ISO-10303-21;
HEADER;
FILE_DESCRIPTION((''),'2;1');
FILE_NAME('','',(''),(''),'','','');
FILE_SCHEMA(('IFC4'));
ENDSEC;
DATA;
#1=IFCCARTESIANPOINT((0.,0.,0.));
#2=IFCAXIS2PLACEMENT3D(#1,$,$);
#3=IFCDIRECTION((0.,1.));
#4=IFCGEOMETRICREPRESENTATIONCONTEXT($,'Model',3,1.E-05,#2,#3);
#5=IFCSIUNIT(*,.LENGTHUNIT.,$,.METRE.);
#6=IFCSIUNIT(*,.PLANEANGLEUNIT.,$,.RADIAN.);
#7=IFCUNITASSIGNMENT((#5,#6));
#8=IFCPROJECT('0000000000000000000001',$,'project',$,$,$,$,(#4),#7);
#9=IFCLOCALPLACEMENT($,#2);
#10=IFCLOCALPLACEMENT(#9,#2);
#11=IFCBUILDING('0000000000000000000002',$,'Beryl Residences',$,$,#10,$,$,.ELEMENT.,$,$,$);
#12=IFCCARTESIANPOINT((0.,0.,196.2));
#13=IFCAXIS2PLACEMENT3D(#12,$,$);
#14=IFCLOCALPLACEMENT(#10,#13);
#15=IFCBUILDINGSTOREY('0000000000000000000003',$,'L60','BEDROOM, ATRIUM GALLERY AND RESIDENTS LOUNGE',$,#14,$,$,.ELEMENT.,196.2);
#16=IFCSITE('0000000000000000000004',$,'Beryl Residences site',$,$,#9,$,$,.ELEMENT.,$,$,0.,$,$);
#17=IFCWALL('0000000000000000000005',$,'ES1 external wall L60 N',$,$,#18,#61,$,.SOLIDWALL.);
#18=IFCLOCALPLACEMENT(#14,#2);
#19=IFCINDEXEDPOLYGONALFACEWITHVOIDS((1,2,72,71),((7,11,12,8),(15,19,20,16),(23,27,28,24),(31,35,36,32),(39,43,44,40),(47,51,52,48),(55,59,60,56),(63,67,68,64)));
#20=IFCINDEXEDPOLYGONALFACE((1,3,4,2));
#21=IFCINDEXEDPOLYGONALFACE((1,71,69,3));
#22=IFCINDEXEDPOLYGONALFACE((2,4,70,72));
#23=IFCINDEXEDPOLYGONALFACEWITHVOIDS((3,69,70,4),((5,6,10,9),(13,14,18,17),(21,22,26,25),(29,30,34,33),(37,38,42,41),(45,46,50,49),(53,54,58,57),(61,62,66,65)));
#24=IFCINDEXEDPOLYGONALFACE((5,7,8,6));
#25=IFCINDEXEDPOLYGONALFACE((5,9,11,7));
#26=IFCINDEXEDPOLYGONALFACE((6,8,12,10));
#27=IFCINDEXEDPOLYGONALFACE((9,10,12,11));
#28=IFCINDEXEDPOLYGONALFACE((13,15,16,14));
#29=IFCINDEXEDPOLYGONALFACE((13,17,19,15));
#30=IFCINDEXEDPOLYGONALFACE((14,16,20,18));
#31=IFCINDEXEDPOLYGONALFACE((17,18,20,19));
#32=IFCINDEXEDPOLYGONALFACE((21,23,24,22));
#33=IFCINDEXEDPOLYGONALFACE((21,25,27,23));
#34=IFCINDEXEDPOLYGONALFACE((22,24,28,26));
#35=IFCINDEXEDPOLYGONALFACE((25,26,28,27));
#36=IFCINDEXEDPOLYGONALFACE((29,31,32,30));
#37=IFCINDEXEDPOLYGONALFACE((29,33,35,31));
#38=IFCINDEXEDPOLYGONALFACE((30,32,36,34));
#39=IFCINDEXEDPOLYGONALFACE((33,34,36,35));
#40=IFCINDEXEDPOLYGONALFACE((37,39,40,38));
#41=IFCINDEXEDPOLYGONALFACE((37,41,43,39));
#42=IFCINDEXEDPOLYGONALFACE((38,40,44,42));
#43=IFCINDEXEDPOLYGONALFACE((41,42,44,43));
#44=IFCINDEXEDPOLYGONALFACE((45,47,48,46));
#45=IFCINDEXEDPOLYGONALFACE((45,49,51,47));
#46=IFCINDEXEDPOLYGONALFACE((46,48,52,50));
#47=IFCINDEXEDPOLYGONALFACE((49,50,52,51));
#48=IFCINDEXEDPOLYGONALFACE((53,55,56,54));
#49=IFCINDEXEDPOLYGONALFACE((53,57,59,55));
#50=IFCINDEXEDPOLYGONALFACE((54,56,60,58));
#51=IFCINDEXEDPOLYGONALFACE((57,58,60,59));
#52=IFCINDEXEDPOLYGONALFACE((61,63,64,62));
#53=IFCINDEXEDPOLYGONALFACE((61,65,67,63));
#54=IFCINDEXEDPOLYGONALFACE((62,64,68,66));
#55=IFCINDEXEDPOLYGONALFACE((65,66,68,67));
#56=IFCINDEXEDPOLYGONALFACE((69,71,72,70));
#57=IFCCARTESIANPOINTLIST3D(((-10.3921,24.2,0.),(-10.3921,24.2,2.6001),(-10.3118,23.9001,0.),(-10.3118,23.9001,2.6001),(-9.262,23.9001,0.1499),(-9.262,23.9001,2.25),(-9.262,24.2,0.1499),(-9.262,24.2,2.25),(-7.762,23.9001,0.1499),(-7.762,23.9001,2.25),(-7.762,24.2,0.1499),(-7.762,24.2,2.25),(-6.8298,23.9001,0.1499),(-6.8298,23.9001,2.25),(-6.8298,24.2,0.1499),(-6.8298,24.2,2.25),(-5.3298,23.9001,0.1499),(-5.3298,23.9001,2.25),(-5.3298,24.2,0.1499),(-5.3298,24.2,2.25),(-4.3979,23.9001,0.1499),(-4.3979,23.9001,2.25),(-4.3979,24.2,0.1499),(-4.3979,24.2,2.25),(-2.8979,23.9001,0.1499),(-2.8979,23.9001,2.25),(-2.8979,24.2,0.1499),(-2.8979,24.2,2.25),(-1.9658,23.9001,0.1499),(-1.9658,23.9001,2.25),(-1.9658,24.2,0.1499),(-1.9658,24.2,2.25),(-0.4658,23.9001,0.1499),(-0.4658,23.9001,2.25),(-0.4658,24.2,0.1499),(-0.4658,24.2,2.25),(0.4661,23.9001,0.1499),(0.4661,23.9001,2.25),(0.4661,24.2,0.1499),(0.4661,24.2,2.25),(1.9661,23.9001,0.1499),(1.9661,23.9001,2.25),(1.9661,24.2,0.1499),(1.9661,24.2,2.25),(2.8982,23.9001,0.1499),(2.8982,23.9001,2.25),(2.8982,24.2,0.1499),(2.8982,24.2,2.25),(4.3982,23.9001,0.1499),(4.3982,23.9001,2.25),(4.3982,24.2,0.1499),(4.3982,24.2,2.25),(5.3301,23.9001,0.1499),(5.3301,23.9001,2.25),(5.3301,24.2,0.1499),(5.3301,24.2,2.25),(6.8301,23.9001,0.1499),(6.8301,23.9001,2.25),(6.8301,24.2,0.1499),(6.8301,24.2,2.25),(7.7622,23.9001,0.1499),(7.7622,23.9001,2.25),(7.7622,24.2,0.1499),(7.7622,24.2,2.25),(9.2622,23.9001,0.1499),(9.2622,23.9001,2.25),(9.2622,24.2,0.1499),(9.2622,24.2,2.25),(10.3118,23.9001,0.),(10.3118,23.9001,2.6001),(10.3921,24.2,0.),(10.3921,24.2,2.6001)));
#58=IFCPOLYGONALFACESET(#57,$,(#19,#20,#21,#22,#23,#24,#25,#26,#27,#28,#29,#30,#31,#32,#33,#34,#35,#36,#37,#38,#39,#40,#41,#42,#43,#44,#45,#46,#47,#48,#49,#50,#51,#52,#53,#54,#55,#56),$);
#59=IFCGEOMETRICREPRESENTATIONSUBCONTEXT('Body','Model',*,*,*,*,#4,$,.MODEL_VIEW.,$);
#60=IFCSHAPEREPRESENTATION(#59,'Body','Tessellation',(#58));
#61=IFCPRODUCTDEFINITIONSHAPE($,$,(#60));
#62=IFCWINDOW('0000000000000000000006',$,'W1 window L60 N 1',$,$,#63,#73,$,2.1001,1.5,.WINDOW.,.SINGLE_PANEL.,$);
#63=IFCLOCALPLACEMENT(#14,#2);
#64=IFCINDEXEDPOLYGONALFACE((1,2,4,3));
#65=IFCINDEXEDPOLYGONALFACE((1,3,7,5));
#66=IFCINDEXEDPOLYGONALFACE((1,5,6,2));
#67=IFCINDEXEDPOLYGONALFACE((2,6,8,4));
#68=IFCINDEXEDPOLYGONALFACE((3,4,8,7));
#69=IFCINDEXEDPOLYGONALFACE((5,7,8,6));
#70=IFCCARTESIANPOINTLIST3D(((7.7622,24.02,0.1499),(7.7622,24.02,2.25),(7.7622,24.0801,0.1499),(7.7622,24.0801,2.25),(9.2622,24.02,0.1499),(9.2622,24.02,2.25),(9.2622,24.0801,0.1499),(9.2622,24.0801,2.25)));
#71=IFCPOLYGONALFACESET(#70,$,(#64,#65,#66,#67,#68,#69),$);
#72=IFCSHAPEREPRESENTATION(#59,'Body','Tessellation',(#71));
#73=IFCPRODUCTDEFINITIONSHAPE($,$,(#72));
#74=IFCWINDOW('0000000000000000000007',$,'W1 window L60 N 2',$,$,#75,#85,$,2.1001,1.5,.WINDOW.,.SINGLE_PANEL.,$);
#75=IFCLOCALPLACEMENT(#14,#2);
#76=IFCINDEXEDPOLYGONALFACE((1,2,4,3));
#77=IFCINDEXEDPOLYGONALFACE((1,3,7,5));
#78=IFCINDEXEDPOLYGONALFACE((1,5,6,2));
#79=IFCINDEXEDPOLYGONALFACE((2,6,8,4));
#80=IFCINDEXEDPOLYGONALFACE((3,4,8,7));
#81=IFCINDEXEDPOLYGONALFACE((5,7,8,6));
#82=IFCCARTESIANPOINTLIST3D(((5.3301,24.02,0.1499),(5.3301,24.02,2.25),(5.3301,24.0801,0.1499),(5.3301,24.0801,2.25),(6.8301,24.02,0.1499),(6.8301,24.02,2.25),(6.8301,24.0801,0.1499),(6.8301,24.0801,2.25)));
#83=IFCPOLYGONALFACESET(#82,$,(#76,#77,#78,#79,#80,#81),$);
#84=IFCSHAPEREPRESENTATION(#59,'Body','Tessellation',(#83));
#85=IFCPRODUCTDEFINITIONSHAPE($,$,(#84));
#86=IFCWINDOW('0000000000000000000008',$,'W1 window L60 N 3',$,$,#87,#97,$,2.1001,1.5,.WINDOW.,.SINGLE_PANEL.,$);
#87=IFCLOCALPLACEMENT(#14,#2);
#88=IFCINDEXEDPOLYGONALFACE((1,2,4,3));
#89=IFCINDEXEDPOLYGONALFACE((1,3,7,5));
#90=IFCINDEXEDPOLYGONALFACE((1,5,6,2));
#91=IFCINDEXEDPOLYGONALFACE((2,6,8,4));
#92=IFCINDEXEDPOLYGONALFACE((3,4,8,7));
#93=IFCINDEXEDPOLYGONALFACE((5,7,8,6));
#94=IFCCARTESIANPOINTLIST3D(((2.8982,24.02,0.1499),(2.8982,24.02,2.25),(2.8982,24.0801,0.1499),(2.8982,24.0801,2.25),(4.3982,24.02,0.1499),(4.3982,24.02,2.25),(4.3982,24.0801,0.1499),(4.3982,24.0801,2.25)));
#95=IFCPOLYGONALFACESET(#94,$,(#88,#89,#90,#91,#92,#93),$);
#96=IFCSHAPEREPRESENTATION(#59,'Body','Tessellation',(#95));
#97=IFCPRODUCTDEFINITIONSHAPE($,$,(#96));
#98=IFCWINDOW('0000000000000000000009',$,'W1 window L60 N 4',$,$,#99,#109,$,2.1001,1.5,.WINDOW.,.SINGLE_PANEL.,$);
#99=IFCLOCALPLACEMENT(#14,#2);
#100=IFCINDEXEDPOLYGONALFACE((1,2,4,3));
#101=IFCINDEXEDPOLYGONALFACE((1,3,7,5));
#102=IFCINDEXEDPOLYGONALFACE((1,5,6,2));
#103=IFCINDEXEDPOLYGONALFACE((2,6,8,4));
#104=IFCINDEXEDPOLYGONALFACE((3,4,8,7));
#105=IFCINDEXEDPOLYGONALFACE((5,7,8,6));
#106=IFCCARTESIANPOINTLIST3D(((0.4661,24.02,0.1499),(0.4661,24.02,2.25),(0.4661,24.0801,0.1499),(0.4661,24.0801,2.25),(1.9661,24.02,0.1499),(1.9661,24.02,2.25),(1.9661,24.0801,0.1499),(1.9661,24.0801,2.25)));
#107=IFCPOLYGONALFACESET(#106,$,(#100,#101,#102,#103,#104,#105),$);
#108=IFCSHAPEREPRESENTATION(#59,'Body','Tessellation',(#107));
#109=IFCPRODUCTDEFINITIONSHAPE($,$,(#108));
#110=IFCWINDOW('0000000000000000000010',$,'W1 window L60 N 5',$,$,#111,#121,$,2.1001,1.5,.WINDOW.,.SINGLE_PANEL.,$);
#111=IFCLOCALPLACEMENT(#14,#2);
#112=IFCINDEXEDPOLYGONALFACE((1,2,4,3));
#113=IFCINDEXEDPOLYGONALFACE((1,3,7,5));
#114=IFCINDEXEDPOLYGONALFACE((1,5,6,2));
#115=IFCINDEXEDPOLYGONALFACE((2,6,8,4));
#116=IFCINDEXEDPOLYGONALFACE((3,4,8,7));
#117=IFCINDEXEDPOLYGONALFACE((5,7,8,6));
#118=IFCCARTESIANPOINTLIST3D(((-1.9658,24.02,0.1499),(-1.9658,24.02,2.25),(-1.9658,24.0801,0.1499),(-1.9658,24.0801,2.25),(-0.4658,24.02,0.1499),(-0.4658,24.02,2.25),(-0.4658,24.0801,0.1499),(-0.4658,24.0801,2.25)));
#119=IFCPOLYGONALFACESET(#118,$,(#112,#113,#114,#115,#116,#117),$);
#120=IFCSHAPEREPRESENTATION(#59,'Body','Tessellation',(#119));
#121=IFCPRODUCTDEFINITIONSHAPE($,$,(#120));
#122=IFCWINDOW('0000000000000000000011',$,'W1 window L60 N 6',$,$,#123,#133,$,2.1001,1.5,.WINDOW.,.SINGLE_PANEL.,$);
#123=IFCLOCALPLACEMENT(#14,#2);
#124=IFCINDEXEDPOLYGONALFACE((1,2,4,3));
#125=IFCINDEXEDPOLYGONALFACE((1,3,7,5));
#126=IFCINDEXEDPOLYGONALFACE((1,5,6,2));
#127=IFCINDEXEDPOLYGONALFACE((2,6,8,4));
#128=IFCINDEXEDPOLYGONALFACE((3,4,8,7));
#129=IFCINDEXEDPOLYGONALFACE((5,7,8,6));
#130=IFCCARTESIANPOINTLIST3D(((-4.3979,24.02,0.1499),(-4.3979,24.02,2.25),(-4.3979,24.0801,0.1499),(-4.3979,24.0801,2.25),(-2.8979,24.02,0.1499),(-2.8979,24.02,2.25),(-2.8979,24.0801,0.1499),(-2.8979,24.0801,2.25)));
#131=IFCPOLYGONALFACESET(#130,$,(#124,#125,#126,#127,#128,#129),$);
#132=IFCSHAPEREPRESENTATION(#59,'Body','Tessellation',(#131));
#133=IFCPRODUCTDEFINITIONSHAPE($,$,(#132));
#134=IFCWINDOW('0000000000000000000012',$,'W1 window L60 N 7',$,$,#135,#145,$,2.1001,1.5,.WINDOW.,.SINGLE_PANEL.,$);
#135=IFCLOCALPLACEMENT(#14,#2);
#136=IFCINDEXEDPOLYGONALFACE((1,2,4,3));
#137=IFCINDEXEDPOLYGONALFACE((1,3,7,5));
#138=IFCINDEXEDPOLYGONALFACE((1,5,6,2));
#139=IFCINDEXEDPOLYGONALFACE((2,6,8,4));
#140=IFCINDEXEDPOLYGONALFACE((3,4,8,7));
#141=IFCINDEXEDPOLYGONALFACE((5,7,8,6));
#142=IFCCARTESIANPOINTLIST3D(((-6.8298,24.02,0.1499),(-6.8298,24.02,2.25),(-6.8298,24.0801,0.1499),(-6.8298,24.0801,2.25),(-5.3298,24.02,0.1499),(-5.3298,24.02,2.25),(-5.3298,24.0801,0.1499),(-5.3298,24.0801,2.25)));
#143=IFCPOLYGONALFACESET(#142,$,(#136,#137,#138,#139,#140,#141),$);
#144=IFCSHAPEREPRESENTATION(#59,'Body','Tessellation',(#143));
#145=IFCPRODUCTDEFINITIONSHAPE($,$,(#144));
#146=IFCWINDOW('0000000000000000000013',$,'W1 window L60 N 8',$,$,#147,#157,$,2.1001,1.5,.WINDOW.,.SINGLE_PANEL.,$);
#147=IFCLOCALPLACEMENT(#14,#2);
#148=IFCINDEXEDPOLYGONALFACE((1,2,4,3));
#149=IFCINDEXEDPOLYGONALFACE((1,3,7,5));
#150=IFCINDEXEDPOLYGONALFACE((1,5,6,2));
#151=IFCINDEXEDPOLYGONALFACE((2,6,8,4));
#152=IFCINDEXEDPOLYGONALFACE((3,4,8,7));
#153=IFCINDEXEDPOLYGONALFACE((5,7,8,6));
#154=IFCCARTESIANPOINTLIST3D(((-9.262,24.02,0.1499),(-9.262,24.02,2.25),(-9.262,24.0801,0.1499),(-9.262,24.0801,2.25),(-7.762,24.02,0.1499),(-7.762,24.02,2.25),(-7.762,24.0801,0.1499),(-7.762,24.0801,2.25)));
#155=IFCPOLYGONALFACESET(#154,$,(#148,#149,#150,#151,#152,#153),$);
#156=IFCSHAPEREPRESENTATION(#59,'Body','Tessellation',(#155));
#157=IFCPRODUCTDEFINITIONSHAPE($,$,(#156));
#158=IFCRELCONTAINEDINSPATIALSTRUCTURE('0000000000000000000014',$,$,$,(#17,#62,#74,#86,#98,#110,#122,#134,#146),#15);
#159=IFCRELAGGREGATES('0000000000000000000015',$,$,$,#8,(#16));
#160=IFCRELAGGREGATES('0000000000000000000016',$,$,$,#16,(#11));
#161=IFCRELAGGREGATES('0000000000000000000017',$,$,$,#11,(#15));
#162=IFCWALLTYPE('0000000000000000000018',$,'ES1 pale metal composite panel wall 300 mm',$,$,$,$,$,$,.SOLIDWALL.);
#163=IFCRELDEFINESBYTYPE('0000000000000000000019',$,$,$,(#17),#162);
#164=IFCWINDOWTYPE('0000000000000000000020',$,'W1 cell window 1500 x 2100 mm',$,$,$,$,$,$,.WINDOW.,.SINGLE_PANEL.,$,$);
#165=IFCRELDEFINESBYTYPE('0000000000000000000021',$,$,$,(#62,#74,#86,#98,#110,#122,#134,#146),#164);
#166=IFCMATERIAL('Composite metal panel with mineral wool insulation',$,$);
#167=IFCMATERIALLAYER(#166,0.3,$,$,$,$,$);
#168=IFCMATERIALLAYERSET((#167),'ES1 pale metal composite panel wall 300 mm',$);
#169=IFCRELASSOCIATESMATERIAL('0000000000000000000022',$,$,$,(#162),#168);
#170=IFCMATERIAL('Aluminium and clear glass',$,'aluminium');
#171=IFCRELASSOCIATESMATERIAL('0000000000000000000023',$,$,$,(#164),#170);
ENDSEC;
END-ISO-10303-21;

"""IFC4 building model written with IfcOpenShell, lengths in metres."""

from ifc_helpers import new_model, si_unit, direction, frame, frame_2d, origin, place, context, subcontext, project, spatial, polyline, rectangle, outline, extrude, material, layer, layer_set, type_object, element, fill, save


model = new_model("IFC4")

# Units and contexts
model_context = context("Model", 3, precision=1e-05, world=origin(), true_north=direction((0.0, 1.0)))
body_context = subcontext(model_context, "Body", "Model", "MODEL_VIEW")
ifc_project = project(units=[si_unit("LENGTHUNIT", "METRE"), si_unit("PLANEANGLEUNIT", "RADIAN")], contexts=[model_context])

# Site, building, storey
site_placement = place(None, origin())
site = spatial("IfcSite", under=ifc_project, at=site_placement, Name="Beryl Residences site", CompositionType="ELEMENT", RefElevation=0.0)
building_placement = place(site_placement, origin())
building = spatial("IfcBuilding", under=site, at=building_placement, Name="Beryl Residences", CompositionType="ELEMENT")
storey_placement = place(building_placement, frame((0.0, 0.0, 196.2)))
storey = spatial("IfcBuildingStorey", under=building, at=storey_placement, Name="L60", Description="BEDROOM, ATRIUM GALLERY AND RESIDENTS LOUNGE", CompositionType="ELEMENT", Elevation=196.2)

# Wall, openings, windows
ifc_material_1 = material(Name="Composite metal panel with mineral wool insulation")
ifc_layer_1 = layer(ifc_material_1, 0.3)
ifc_layer_set_1 = layer_set([ifc_layer_1], Name="ES1 pale metal composite panel wall 300 mm")
wall_type_1 = type_object("IfcWallType", Name="ES1 pale metal composite panel wall 300 mm", PredefinedType="SOLIDWALL", material=ifc_layer_set_1)
wall_1_placement = place(storey_placement, frame((10.3921, 24.05, 0.0), z_axis=(0.0, 0.0, 1.0), x_axis=(-1.0, 0.0, 0.0)))
wall_1 = element("IfcWall", 1, at=wall_1_placement, inside=storey, type_object=wall_type_1, Name="ES1 external wall L60 N", PredefinedType="SOLIDWALL", context=body_context, shape_type="SweptSolid", body=[
    extrude(outline(polyline([(0.0, -0.1499), (20.7842, -0.1499), (20.7039, 0.1499), (0.0803, 0.1499), (0.0, -0.1499)])), origin(), (0.0, 0.0, 1.0), 2.6001),
])
opening_1_placement = place(wall_1_placement, frame((1.1299, 0.0, 0.1499)))
opening_1 = element("IfcOpeningElement", 2, at=opening_1_placement, cuts=wall_1, PredefinedType="OPENING", context=body_context, shape_type="SweptSolid", body=[
    extrude(rectangle(XDim=1.5, YDim=2.1001, at=frame_2d((0.75, 1.05))), frame((0.0, 0.1599, 0.0), z_axis=(0.0, -1.0, 0.0), x_axis=(1.0, 0.0, 0.0)), (0.0, 0.0, 1.0), 0.3201),
])
opening_2_placement = place(wall_1_placement, frame((3.562, 0.0, 0.1499)))
opening_2 = element("IfcOpeningElement", 3, at=opening_2_placement, cuts=wall_1, PredefinedType="OPENING", context=body_context, shape_type="SweptSolid", body=[
    extrude(rectangle(XDim=1.5, YDim=2.1001, at=frame_2d((0.75, 1.05))), frame((0.0, 0.1599, 0.0), z_axis=(0.0, -1.0, 0.0), x_axis=(1.0, 0.0, 0.0)), (0.0, 0.0, 1.0), 0.3201),
])
opening_3_placement = place(wall_1_placement, frame((5.9939, 0.0, 0.1499)))
opening_3 = element("IfcOpeningElement", 4, at=opening_3_placement, cuts=wall_1, PredefinedType="OPENING", context=body_context, shape_type="SweptSolid", body=[
    extrude(rectangle(XDim=1.5, YDim=2.1001, at=frame_2d((0.75, 1.05))), frame((0.0, 0.1599, 0.0), z_axis=(0.0, -1.0, 0.0), x_axis=(1.0, 0.0, 0.0)), (0.0, 0.0, 1.0), 0.3201),
])
opening_4_placement = place(wall_1_placement, frame((8.426, 0.0, 0.1499)))
opening_4 = element("IfcOpeningElement", 5, at=opening_4_placement, cuts=wall_1, PredefinedType="OPENING", context=body_context, shape_type="SweptSolid", body=[
    extrude(rectangle(XDim=1.5, YDim=2.1001, at=frame_2d((0.75, 1.05))), frame((0.0, 0.1599, 0.0), z_axis=(0.0, -1.0, 0.0), x_axis=(1.0, 0.0, 0.0)), (0.0, 0.0, 1.0), 0.3201),
])
opening_5_placement = place(wall_1_placement, frame((10.8579, 0.0, 0.1499)))
opening_5 = element("IfcOpeningElement", 6, at=opening_5_placement, cuts=wall_1, PredefinedType="OPENING", context=body_context, shape_type="SweptSolid", body=[
    extrude(rectangle(XDim=1.5, YDim=2.1001, at=frame_2d((0.75, 1.05))), frame((0.0, 0.1599, 0.0), z_axis=(0.0, -1.0, 0.0), x_axis=(1.0, 0.0, 0.0)), (0.0, 0.0, 1.0), 0.3201),
])
opening_6_placement = place(wall_1_placement, frame((13.29, 0.0, 0.1499)))
opening_6 = element("IfcOpeningElement", 7, at=opening_6_placement, cuts=wall_1, PredefinedType="OPENING", context=body_context, shape_type="SweptSolid", body=[
    extrude(rectangle(XDim=1.5, YDim=2.1001, at=frame_2d((0.75, 1.05))), frame((0.0, 0.1599, 0.0), z_axis=(0.0, -1.0, 0.0), x_axis=(1.0, 0.0, 0.0)), (0.0, 0.0, 1.0), 0.3201),
])
opening_7_placement = place(wall_1_placement, frame((15.7219, 0.0, 0.1499)))
opening_7 = element("IfcOpeningElement", 8, at=opening_7_placement, cuts=wall_1, PredefinedType="OPENING", context=body_context, shape_type="SweptSolid", body=[
    extrude(rectangle(XDim=1.5, YDim=2.1001, at=frame_2d((0.75, 1.05))), frame((0.0, 0.1599, 0.0), z_axis=(0.0, -1.0, 0.0), x_axis=(1.0, 0.0, 0.0)), (0.0, 0.0, 1.0), 0.3201),
])
opening_8_placement = place(wall_1_placement, frame((18.1541, 0.0, 0.1499)))
opening_8 = element("IfcOpeningElement", 9, at=opening_8_placement, cuts=wall_1, PredefinedType="OPENING", context=body_context, shape_type="SweptSolid", body=[
    extrude(rectangle(XDim=1.5, YDim=2.1001, at=frame_2d((0.75, 1.05))), frame((0.0, 0.1599, 0.0), z_axis=(0.0, -1.0, 0.0), x_axis=(1.0, 0.0, 0.0)), (0.0, 0.0, 1.0), 0.3201),
])
ifc_material_2 = material(Name="Aluminium and clear glass", Category="aluminium")
window_type = type_object("IfcWindowType", Name="W1 cell window 1500 x 2100 mm", PartitioningType="SINGLE_PANEL", PredefinedType="WINDOW", material=ifc_material_2)
window_1_placement = place(opening_1_placement, origin())
window_1 = element("IfcWindow", 10, at=window_1_placement, inside=storey, type_object=window_type, Name="W1 window L60 N 1", OverallHeight=2.1001, OverallWidth=1.5, PartitioningType="SINGLE_PANEL", PredefinedType="WINDOW", context=body_context, shape_type="SweptSolid", body=[
    extrude(rectangle(XDim=1.5, YDim=2.1001, at=frame_2d((0.75, 1.05))), frame((0.0, 0.03, 0.0), z_axis=(0.0, -1.0, 0.0), x_axis=(1.0, 0.0, 0.0)), (0.0, 0.0, 1.0), 0.0601),
])
fill(opening_1, window_1)
window_2_placement = place(opening_2_placement, origin())
window_2 = element("IfcWindow", 11, at=window_2_placement, inside=storey, type_object=window_type, Name="W1 window L60 N 2", OverallHeight=2.1001, OverallWidth=1.5, PartitioningType="SINGLE_PANEL", PredefinedType="WINDOW", context=body_context, shape_type="SweptSolid", body=[
    extrude(rectangle(XDim=1.5, YDim=2.1001, at=frame_2d((0.75, 1.05))), frame((0.0, 0.03, 0.0), z_axis=(0.0, -1.0, 0.0), x_axis=(1.0, 0.0, 0.0)), (0.0, 0.0, 1.0), 0.0601),
])
fill(opening_2, window_2)
window_3_placement = place(opening_3_placement, origin())
window_3 = element("IfcWindow", 12, at=window_3_placement, inside=storey, type_object=window_type, Name="W1 window L60 N 3", OverallHeight=2.1001, OverallWidth=1.5, PartitioningType="SINGLE_PANEL", PredefinedType="WINDOW", context=body_context, shape_type="SweptSolid", body=[
    extrude(rectangle(XDim=1.5, YDim=2.1001, at=frame_2d((0.75, 1.05))), frame((0.0, 0.03, 0.0), z_axis=(0.0, -1.0, 0.0), x_axis=(1.0, 0.0, 0.0)), (0.0, 0.0, 1.0), 0.0601),
])
fill(opening_3, window_3)
window_4_placement = place(opening_4_placement, origin())
window_4 = element("IfcWindow", 13, at=window_4_placement, inside=storey, type_object=window_type, Name="W1 window L60 N 4", OverallHeight=2.1001, OverallWidth=1.5, PartitioningType="SINGLE_PANEL", PredefinedType="WINDOW", context=body_context, shape_type="SweptSolid", body=[
    extrude(rectangle(XDim=1.5, YDim=2.1001, at=frame_2d((0.75, 1.05))), frame((0.0, 0.03, 0.0), z_axis=(0.0, -1.0, 0.0), x_axis=(1.0, 0.0, 0.0)), (0.0, 0.0, 1.0), 0.0601),
])
fill(opening_4, window_4)
window_5_placement = place(opening_5_placement, origin())
window_5 = element("IfcWindow", 14, at=window_5_placement, inside=storey, type_object=window_type, Name="W1 window L60 N 5", OverallHeight=2.1001, OverallWidth=1.5, PartitioningType="SINGLE_PANEL", PredefinedType="WINDOW", context=body_context, shape_type="SweptSolid", body=[
    extrude(rectangle(XDim=1.5, YDim=2.1001, at=frame_2d((0.75, 1.05))), frame((0.0, 0.03, 0.0), z_axis=(0.0, -1.0, 0.0), x_axis=(1.0, 0.0, 0.0)), (0.0, 0.0, 1.0), 0.0601),
])
fill(opening_5, window_5)
window_6_placement = place(opening_6_placement, origin())
window_6 = element("IfcWindow", 15, at=window_6_placement, inside=storey, type_object=window_type, Name="W1 window L60 N 6", OverallHeight=2.1001, OverallWidth=1.5, PartitioningType="SINGLE_PANEL", PredefinedType="WINDOW", context=body_context, shape_type="SweptSolid", body=[
    extrude(rectangle(XDim=1.5, YDim=2.1001, at=frame_2d((0.75, 1.05))), frame((0.0, 0.03, 0.0), z_axis=(0.0, -1.0, 0.0), x_axis=(1.0, 0.0, 0.0)), (0.0, 0.0, 1.0), 0.0601),
])
fill(opening_6, window_6)
window_7_placement = place(opening_7_placement, origin())
window_7 = element("IfcWindow", 16, at=window_7_placement, inside=storey, type_object=window_type, Name="W1 window L60 N 7", OverallHeight=2.1001, OverallWidth=1.5, PartitioningType="SINGLE_PANEL", PredefinedType="WINDOW", context=body_context, shape_type="SweptSolid", body=[
    extrude(rectangle(XDim=1.5, YDim=2.1001, at=frame_2d((0.75, 1.05))), frame((0.0, 0.03, 0.0), z_axis=(0.0, -1.0, 0.0), x_axis=(1.0, 0.0, 0.0)), (0.0, 0.0, 1.0), 0.0601),
])
fill(opening_7, window_7)
window_8_placement = place(opening_8_placement, origin())
window_8 = element("IfcWindow", 17, at=window_8_placement, inside=storey, type_object=window_type, Name="W1 window L60 N 8", OverallHeight=2.1001, OverallWidth=1.5, PartitioningType="SINGLE_PANEL", PredefinedType="WINDOW", context=body_context, shape_type="SweptSolid", body=[
    extrude(rectangle(XDim=1.5, YDim=2.1001, at=frame_2d((0.75, 1.05))), frame((0.0, 0.03, 0.0), z_axis=(0.0, -1.0, 0.0), x_axis=(1.0, 0.0, 0.0)), (0.0, 0.0, 1.0), 0.0601),
])
fill(opening_8, window_8)

save(model, "model.ifc")
